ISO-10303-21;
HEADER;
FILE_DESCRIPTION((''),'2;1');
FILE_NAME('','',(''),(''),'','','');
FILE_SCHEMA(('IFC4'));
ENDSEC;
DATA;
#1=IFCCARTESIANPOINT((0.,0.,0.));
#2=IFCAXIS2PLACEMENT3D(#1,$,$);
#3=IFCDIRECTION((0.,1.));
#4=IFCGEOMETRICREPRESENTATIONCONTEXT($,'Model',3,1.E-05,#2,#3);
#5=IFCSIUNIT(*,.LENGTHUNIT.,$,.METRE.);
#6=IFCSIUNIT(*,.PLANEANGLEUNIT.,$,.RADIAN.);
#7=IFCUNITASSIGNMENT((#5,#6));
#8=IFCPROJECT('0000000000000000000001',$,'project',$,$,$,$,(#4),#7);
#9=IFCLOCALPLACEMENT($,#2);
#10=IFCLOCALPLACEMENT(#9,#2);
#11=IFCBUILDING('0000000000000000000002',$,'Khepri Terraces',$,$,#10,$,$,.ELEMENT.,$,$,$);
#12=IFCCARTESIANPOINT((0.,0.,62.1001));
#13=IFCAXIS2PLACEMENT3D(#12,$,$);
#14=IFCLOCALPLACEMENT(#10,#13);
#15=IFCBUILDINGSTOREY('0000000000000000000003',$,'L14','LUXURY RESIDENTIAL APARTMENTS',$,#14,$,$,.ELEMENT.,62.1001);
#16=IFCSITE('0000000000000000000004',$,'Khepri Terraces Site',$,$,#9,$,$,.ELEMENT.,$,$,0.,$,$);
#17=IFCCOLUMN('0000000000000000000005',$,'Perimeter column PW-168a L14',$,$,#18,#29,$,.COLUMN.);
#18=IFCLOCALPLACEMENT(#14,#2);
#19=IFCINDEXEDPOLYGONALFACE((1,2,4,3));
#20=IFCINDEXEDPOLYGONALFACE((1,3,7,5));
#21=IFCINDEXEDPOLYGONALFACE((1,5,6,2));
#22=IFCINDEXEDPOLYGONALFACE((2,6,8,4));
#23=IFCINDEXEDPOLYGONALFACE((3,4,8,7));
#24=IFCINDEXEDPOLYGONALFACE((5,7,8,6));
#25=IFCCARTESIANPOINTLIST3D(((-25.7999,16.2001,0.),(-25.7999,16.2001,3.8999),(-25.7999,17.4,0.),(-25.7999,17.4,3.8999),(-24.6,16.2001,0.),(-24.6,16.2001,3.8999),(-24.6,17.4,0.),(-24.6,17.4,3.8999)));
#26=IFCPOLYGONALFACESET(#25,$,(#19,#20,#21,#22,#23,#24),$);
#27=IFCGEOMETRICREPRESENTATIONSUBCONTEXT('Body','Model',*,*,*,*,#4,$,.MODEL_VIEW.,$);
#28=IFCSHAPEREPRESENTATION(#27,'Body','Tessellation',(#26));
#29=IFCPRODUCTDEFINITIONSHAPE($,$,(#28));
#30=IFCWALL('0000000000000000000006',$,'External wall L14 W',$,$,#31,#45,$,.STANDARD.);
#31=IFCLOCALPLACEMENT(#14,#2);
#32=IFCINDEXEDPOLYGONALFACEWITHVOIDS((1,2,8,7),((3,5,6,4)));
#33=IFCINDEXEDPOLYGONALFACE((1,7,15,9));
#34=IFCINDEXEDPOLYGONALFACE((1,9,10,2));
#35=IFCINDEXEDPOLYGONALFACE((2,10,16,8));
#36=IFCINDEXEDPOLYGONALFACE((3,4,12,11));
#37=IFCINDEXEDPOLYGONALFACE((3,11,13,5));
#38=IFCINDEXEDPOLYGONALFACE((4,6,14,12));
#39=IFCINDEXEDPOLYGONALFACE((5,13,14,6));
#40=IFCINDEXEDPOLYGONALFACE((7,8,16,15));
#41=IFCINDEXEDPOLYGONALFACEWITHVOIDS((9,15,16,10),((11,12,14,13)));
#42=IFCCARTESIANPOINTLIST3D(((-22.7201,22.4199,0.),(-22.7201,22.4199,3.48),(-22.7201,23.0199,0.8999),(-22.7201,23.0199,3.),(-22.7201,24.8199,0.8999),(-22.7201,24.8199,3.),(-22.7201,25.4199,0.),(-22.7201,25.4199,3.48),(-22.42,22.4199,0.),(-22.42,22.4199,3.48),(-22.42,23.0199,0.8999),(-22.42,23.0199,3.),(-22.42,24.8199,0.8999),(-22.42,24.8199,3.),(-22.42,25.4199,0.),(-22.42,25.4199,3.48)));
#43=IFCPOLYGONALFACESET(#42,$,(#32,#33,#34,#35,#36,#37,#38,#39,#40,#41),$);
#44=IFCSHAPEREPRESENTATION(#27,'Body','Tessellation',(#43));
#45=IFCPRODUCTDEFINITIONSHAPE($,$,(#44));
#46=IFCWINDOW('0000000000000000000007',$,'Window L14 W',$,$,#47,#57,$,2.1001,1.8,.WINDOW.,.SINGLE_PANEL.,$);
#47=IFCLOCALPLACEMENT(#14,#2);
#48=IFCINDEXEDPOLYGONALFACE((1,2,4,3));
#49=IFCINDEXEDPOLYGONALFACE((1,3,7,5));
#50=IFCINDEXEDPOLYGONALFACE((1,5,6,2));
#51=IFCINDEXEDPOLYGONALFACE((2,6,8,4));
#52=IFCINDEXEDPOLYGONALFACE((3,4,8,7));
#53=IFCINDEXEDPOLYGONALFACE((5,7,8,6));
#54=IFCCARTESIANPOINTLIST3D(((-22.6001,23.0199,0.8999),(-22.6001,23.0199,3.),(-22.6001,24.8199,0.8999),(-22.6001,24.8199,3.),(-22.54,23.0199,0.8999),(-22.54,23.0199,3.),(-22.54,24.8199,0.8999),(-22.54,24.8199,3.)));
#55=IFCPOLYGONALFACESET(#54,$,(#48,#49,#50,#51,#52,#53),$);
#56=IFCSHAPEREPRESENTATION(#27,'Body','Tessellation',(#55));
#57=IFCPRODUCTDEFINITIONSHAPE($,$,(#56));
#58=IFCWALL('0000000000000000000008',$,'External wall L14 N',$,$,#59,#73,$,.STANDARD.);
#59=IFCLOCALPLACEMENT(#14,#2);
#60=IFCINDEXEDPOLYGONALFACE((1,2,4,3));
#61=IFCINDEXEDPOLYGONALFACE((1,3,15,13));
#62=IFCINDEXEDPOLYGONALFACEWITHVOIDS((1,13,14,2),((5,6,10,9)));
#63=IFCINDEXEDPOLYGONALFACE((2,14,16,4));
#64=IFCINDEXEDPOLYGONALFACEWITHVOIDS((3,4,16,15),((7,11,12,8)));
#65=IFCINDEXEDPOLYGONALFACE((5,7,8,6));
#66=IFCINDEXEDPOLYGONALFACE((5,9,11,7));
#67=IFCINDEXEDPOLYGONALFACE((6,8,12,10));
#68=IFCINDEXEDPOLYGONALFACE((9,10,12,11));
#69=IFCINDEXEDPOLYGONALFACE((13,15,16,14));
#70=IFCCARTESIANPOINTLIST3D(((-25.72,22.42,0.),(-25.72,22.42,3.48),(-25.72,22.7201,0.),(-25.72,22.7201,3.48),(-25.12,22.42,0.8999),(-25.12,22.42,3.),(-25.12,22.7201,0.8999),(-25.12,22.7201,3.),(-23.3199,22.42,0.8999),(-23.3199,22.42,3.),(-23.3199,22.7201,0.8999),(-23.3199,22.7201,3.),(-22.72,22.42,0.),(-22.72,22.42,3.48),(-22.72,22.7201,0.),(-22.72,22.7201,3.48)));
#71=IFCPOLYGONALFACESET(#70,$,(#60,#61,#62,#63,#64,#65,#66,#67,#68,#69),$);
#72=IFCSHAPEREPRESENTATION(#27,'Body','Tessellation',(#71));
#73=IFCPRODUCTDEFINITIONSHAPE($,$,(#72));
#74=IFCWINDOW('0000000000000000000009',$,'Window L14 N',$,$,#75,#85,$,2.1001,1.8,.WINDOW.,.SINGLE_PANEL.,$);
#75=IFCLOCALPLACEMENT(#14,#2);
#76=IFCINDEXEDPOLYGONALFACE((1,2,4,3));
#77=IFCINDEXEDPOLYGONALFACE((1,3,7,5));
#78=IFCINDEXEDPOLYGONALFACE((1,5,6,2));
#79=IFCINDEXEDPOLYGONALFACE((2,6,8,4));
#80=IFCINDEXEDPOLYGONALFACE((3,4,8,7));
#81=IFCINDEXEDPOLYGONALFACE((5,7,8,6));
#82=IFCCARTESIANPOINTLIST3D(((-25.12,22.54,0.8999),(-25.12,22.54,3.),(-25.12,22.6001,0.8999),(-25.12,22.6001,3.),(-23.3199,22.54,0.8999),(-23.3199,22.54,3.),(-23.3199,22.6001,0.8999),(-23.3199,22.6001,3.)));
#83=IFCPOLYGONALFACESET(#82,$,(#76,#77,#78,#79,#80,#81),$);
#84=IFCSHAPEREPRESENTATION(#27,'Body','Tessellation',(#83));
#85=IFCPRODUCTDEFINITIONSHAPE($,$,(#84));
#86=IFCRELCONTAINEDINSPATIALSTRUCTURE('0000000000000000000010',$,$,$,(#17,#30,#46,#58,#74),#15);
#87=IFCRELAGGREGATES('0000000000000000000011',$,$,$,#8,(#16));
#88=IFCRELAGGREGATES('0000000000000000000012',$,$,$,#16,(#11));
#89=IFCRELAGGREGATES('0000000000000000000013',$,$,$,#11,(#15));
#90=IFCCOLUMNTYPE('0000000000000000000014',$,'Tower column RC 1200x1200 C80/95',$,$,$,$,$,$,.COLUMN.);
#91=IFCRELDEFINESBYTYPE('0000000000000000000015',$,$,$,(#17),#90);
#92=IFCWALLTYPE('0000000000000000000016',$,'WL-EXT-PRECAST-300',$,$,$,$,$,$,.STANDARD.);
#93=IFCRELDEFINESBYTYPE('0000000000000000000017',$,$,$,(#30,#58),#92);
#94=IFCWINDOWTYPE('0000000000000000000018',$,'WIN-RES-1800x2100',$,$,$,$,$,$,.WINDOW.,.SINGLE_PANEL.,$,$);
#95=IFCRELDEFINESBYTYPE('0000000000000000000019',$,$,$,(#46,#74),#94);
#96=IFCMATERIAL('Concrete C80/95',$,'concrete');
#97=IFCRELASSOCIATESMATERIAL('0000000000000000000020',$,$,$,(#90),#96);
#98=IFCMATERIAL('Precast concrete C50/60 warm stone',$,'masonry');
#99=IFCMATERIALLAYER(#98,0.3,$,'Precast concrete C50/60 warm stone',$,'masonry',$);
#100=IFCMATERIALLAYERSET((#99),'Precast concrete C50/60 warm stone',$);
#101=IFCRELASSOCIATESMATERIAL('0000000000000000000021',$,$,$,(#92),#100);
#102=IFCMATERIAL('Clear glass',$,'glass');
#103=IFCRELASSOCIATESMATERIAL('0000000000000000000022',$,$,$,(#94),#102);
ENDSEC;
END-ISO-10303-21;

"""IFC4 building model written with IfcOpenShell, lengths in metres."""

from ifc_helpers import new_model, si_unit, direction, frame, frame_2d, origin, origin_2d, place, context, subcontext, project, spatial, rectangle, extrude, material, layer, layer_set, material_profile, profile_set, type_object, element, fill, save


model = new_model("IFC4")

# Units and contexts
model_context = context("Model", 3, precision=1e-05, world=origin(), true_north=direction((0.0, 1.0)))
body_context = subcontext(model_context, "Body", "Model", "MODEL_VIEW")
ifc_project = project(units=[si_unit("LENGTHUNIT", "METRE"), si_unit("PLANEANGLEUNIT", "RADIAN")], contexts=[model_context])

# Site, building, storey
site_placement = place(None, origin())
site = spatial("IfcSite", under=ifc_project, at=site_placement, Name="Khepri Terraces Site", CompositionType="ELEMENT", RefElevation=0.0)
building_placement = place(site_placement, origin())
building = spatial("IfcBuilding", under=site, at=building_placement, Name="Khepri Terraces", CompositionType="ELEMENT")
storey_placement = place(building_placement, frame((0.0, 0.0, 62.1001)))
storey = spatial("IfcBuildingStorey", under=building, at=storey_placement, Name="L14", Description="LUXURY RESIDENTIAL APARTMENTS", CompositionType="ELEMENT", Elevation=62.1001)

# Column
ifc_material_1 = material(Name="Concrete C80/95", Category="concrete")
ifc_material_profile = material_profile(ifc_material_1, rectangle(XDim=1.2, YDim=1.2, at=origin_2d()), Name="Concrete C80/95", Category="concrete")
ifc_profile_set = profile_set([ifc_material_profile], Name="Concrete C80/95")
column_type = type_object("IfcColumnType", Name="Tower column RC 1200x1200 C80/95", PredefinedType="COLUMN", material=ifc_profile_set)
column_placement = place(storey_placement, frame((-25.2, 16.8, 0.0), z_axis=(0.0, 0.0, 1.0), x_axis=(1.0, 0.0, 0.0)))
element("IfcColumn", 1, at=column_placement, inside=storey, type_object=column_type, Name="Perimeter column PW-168a L14", PredefinedType="COLUMN", context=body_context, shape_type="SweptSolid", body=[
    extrude(rectangle(XDim=1.2, YDim=1.2, at=origin_2d()), origin(), (0.0, 0.0, 1.0), 3.8999),
])

# Walls, openings, windows
ifc_material_2 = material(Name="Precast concrete C50/60 warm stone", Category="masonry")
ifc_layer = layer(ifc_material_2, 0.3, Name="Precast concrete C50/60 warm stone", Category="masonry")
ifc_layer_set = layer_set([ifc_layer], Name="Precast concrete C50/60 warm stone")
wall_type = type_object("IfcWallType", Name="WL-EXT-PRECAST-300", PredefinedType="STANDARD", material=ifc_layer_set)
wall_1_placement = place(storey_placement, frame((-22.5701, 25.4199, 0.0), z_axis=(0.0, 0.0, 1.0), x_axis=(0.0, -1.0, 0.0)))
wall_1 = element("IfcWall", 2, at=wall_1_placement, inside=storey, type_object=wall_type, Name="External wall L14 W", PredefinedType="STANDARD", context=body_context, shape_type="SweptSolid", body=[
    extrude(rectangle(XDim=3.0, YDim=0.3, at=frame_2d((1.5, 0.0))), origin(), (0.0, 0.0, 1.0), 3.48),
])
opening_1_placement = place(wall_1_placement, frame((0.6001, 0.0, 0.8999)))
opening_1 = element("IfcOpeningElement", 3, at=opening_1_placement, cuts=wall_1, PredefinedType="OPENING", context=body_context, shape_type="SweptSolid", body=[
    extrude(rectangle(XDim=1.8, YDim=2.1001, at=frame_2d((0.8999, 1.05))), frame((0.0, 0.1602, 0.0), z_axis=(0.0, -1.0, 0.0), x_axis=(1.0, 0.0, 0.0)), (0.0, 0.0, 1.0), 0.3201),
])
ifc_material_3 = material(Name="Clear glass", Category="glass")
window_type = type_object("IfcWindowType", Name="WIN-RES-1800x2100", PartitioningType="SINGLE_PANEL", PredefinedType="WINDOW", material=ifc_material_3)
window_1_placement = place(opening_1_placement, origin())
window_1 = element("IfcWindow", 4, at=window_1_placement, inside=storey, type_object=window_type, Name="Window L14 W", OverallHeight=2.1001, OverallWidth=1.8, PartitioningType="SINGLE_PANEL", PredefinedType="WINDOW", context=body_context, shape_type="SweptSolid", body=[
    extrude(rectangle(XDim=1.8, YDim=2.1001, at=frame_2d((0.8999, 1.05))), frame((0.0, 0.03, 0.0), z_axis=(0.0, -1.0, 0.0), x_axis=(1.0, 0.0, 0.0)), (0.0, 0.0, 1.0), 0.0601),
])
fill(opening_1, window_1)
wall_2_placement = place(storey_placement, frame((-22.72, 22.5701, 0.0), z_axis=(0.0, 0.0, 1.0), x_axis=(-1.0, 0.0, 0.0)))
wall_2 = element("IfcWall", 5, at=wall_2_placement, inside=storey, type_object=wall_type, Name="External wall L14 N", PredefinedType="STANDARD", context=body_context, shape_type="SweptSolid", body=[
    extrude(rectangle(XDim=3.0, YDim=0.3, at=frame_2d((1.5, 0.0))), origin(), (0.0, 0.0, 1.0), 3.48),
])
opening_2_placement = place(wall_2_placement, frame((0.6001, 0.0, 0.8999)))
opening_2 = element("IfcOpeningElement", 6, at=opening_2_placement, cuts=wall_2, PredefinedType="OPENING", context=body_context, shape_type="SweptSolid", body=[
    extrude(rectangle(XDim=1.8, YDim=2.1001, at=frame_2d((0.8999, 1.05))), frame((0.0, 0.1602, 0.0), z_axis=(0.0, -1.0, 0.0), x_axis=(1.0, 0.0, 0.0)), (0.0, 0.0, 1.0), 0.3201),
])
window_2_placement = place(opening_2_placement, origin())
window_2 = element("IfcWindow", 7, at=window_2_placement, inside=storey, type_object=window_type, Name="Window L14 N", OverallHeight=2.1001, OverallWidth=1.8, PartitioningType="SINGLE_PANEL", PredefinedType="WINDOW", context=body_context, shape_type="SweptSolid", body=[
    extrude(rectangle(XDim=1.8, YDim=2.1001, at=frame_2d((0.8999, 1.05))), frame((0.0, 0.03, 0.0), z_axis=(0.0, -1.0, 0.0), x_axis=(1.0, 0.0, 0.0)), (0.0, 0.0, 1.0), 0.0601),
])
fill(opening_2, window_2)

save(model, "model.ifc")
